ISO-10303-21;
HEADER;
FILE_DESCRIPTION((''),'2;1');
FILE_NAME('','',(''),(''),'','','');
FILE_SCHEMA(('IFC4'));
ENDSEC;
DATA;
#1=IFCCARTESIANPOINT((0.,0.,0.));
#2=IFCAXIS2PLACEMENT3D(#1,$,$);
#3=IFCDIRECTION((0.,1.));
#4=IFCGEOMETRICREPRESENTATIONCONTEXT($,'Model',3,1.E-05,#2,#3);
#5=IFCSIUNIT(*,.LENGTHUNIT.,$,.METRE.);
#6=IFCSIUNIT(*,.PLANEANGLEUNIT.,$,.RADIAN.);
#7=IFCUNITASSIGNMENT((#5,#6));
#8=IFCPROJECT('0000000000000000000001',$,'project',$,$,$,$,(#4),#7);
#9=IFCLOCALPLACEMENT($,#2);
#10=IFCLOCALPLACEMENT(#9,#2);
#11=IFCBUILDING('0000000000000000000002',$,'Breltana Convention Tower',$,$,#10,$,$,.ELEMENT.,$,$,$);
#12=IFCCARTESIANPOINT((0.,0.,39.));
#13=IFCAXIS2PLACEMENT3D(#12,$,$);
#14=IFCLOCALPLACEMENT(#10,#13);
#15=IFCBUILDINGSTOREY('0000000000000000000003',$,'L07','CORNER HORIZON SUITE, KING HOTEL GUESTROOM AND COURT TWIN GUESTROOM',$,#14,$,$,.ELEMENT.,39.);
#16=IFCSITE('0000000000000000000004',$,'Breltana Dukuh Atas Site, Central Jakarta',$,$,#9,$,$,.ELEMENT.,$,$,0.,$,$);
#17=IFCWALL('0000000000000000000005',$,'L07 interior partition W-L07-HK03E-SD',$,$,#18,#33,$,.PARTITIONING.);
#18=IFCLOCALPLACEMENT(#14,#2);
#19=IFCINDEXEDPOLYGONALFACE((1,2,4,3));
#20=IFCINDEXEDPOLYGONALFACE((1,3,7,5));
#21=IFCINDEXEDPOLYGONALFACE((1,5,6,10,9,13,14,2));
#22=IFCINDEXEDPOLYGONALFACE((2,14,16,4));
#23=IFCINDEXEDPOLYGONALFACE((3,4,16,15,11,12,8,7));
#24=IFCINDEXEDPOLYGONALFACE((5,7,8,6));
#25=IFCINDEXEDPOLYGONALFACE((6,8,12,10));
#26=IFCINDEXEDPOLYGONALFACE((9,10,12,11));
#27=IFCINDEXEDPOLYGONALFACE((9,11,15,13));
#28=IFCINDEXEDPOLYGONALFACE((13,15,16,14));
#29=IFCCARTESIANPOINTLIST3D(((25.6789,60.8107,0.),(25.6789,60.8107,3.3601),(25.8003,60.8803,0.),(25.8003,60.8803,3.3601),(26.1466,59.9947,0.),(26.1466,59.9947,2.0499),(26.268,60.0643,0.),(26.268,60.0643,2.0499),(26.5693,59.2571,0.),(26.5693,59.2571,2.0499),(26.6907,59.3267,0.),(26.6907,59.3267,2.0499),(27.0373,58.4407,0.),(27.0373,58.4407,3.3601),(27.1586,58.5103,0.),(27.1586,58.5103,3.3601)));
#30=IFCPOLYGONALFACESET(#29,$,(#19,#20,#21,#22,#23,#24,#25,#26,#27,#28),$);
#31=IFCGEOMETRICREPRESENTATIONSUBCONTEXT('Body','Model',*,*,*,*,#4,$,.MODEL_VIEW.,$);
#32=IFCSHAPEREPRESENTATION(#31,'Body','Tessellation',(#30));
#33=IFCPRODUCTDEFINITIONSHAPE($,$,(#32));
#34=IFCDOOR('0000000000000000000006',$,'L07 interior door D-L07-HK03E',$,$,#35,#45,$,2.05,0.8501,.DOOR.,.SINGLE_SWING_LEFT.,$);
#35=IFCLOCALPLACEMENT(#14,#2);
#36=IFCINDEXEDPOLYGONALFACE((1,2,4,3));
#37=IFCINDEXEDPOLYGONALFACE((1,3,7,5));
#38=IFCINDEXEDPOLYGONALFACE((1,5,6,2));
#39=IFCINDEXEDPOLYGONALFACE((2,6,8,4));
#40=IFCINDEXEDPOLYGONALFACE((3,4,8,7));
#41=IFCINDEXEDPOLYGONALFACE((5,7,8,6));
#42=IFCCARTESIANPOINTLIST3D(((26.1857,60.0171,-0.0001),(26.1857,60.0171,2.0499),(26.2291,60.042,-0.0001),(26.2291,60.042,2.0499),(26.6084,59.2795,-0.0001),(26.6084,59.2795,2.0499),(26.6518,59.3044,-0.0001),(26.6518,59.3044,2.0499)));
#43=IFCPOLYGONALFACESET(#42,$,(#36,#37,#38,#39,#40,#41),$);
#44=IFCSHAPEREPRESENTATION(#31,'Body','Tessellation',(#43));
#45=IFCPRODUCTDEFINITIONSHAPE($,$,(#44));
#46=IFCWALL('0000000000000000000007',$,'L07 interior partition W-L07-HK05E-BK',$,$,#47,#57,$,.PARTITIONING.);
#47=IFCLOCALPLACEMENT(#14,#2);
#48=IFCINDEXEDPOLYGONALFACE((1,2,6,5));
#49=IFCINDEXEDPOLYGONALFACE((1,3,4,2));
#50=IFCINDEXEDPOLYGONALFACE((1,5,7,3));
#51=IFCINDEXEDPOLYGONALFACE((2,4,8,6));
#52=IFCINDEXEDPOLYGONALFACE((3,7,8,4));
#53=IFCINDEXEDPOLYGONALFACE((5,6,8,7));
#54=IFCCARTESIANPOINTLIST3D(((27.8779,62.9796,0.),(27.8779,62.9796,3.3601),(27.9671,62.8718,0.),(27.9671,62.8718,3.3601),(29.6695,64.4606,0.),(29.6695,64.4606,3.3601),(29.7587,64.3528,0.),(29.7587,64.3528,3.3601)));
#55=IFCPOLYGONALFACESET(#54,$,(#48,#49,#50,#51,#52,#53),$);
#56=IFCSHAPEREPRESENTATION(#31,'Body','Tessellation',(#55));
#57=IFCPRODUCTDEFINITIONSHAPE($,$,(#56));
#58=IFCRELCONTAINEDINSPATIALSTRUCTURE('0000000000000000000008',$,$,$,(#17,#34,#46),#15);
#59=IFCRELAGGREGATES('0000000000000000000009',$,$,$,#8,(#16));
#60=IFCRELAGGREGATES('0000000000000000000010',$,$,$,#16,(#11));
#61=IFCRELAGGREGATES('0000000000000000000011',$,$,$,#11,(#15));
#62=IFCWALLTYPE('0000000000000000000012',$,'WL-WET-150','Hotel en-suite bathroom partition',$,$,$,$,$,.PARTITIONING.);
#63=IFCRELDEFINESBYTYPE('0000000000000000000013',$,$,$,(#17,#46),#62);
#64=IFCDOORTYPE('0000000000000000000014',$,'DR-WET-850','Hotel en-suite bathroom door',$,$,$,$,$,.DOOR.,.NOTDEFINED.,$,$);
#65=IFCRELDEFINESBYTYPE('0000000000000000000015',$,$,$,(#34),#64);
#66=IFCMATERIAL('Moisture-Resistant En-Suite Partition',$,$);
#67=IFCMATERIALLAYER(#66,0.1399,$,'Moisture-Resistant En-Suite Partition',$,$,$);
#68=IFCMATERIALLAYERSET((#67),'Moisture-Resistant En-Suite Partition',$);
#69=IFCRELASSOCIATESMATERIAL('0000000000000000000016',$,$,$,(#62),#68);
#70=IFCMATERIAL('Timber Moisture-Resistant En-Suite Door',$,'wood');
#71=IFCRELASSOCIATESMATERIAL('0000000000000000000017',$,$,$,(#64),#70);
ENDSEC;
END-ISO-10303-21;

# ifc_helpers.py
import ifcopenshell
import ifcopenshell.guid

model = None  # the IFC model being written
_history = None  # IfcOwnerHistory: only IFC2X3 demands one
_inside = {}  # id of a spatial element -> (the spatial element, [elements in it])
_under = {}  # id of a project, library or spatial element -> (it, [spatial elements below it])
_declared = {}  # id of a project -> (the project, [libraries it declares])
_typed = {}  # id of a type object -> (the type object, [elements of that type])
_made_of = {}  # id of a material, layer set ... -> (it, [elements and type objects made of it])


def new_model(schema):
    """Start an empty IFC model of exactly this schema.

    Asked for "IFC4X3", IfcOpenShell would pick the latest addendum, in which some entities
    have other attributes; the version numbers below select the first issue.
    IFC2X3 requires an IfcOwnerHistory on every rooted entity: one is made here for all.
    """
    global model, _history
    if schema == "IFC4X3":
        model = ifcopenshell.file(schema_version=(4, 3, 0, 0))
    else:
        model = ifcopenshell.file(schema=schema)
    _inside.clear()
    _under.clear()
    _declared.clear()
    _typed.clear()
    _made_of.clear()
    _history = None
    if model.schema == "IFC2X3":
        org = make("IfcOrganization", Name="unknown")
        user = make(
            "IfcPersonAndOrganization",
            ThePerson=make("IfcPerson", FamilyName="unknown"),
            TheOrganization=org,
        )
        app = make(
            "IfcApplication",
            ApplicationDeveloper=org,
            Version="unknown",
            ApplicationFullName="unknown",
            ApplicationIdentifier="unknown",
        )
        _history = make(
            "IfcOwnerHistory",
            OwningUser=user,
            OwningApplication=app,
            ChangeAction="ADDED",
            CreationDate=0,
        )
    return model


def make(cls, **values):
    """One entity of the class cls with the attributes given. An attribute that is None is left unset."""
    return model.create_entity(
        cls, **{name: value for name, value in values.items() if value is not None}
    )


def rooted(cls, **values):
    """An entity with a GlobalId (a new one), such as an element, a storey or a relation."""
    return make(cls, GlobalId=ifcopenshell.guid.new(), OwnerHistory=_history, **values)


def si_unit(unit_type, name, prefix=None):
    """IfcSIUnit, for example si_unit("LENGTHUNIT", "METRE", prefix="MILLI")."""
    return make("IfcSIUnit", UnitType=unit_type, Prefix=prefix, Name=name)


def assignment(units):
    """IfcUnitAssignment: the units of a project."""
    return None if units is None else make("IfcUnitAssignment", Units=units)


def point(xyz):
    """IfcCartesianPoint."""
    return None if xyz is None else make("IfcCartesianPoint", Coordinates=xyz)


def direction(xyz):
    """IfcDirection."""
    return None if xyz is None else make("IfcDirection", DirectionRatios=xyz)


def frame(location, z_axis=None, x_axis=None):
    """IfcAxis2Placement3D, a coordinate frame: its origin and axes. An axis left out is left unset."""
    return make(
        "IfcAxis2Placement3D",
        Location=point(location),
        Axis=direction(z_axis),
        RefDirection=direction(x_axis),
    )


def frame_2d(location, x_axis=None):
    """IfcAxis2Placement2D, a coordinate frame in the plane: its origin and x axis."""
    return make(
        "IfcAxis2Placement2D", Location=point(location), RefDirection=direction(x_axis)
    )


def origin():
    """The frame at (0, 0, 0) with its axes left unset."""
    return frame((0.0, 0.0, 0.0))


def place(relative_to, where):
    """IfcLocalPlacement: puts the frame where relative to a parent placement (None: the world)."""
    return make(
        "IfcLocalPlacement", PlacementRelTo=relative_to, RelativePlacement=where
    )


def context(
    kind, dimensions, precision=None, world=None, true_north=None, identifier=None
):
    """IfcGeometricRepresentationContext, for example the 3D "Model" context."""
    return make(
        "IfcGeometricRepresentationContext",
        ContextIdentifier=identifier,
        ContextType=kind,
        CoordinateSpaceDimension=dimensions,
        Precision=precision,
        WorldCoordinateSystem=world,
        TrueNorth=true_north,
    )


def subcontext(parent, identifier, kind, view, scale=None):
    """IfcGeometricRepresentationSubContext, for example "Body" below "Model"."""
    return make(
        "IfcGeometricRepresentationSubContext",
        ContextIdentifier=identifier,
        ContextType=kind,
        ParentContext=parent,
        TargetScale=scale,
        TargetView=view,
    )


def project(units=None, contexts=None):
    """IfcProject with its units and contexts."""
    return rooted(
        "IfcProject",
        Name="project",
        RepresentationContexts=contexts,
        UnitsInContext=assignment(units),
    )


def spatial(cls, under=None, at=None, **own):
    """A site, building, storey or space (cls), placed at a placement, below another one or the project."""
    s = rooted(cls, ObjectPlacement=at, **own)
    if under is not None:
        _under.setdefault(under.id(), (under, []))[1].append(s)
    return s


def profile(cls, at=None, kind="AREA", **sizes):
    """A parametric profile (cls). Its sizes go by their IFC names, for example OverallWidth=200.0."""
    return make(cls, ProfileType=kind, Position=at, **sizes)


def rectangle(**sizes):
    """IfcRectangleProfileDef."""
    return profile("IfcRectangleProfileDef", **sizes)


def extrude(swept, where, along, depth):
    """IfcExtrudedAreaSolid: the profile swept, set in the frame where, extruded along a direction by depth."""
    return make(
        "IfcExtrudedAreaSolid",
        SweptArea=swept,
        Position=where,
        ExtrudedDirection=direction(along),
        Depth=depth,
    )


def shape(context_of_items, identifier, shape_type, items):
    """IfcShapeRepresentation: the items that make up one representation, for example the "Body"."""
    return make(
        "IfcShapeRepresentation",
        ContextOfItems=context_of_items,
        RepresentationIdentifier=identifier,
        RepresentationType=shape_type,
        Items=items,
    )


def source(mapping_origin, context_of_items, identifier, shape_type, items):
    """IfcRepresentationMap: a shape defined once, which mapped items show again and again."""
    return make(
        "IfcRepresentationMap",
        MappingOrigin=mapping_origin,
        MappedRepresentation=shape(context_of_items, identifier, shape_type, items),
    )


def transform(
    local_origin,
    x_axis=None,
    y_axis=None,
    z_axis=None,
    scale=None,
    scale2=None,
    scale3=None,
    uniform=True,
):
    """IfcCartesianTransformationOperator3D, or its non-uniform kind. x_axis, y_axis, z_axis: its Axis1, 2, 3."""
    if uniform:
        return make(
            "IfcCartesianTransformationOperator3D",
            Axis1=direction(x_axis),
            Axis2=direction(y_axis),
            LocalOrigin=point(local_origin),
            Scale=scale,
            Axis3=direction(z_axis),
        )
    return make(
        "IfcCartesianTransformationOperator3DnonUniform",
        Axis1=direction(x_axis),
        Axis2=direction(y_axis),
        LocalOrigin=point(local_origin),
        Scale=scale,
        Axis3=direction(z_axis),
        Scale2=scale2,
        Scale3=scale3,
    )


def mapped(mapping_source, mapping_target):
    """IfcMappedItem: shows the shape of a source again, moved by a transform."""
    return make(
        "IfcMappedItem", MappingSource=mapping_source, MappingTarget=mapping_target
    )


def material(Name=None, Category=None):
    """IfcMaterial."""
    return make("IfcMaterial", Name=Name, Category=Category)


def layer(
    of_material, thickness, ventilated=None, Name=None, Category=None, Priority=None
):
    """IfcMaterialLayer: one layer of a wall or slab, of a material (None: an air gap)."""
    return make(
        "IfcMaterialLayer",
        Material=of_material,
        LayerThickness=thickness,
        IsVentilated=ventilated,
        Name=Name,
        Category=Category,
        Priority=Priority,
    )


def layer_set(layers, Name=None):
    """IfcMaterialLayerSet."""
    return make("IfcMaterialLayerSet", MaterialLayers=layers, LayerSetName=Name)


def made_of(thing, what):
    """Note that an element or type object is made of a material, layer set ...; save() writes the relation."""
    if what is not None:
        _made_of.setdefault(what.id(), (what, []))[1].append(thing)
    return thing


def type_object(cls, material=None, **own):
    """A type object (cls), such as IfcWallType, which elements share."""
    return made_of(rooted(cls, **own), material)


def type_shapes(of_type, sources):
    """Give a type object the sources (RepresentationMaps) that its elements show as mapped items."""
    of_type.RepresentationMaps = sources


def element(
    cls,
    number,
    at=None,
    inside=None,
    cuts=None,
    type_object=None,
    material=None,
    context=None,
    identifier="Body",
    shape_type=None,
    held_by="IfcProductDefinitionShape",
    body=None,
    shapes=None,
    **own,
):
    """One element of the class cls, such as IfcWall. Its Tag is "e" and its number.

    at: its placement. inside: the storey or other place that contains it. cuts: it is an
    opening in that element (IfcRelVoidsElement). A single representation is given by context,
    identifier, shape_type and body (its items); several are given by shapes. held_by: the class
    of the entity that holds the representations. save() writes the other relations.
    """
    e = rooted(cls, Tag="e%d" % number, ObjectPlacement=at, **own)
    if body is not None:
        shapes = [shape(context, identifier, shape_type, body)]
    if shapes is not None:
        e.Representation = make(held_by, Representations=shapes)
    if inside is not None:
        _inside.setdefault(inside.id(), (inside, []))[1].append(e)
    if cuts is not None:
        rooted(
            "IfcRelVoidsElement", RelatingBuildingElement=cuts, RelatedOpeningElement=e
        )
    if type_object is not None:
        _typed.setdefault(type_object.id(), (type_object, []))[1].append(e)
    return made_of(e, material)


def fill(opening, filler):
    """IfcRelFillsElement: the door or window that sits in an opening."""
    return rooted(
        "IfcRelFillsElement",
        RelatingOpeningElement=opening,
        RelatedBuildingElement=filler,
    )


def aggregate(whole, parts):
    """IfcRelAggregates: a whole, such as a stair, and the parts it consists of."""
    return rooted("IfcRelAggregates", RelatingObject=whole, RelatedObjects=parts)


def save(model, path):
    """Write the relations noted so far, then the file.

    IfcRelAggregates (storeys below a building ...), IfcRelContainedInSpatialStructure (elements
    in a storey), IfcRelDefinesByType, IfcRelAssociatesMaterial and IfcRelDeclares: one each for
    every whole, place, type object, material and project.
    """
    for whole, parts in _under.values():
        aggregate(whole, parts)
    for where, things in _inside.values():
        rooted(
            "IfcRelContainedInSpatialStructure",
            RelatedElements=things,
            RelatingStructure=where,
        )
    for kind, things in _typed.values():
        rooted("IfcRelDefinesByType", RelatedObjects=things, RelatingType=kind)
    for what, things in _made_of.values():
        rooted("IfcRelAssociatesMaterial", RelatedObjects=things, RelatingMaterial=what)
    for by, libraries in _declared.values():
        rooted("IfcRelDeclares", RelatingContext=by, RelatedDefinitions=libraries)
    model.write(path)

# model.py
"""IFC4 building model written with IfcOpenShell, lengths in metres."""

from ifc_helpers import new_model, si_unit, direction, frame, frame_2d, origin, place, context, subcontext, project, spatial, rectangle, extrude, source, transform, mapped, material, layer, layer_set, type_object, type_shapes, element, fill, save


model = new_model("IFC4")

# Units and contexts
model_context = context("Model", 3, precision=1e-05, world=origin(), true_north=direction((0.0, 1.0)))
body_context = subcontext(model_context, "Body", "Model", "MODEL_VIEW")
ifc_project = project(units=[si_unit("LENGTHUNIT", "METRE"), si_unit("PLANEANGLEUNIT", "RADIAN")], contexts=[model_context])

# Site, building, storey
site_placement = place(None, origin())
site = spatial("IfcSite", under=ifc_project, at=site_placement, Name="Breltana Dukuh Atas Site, Central Jakarta", CompositionType="ELEMENT", RefElevation=0.0)
building_placement = place(site_placement, origin())
building = spatial("IfcBuilding", under=site, at=building_placement, Name="Breltana Convention Tower", CompositionType="ELEMENT")
storey_placement = place(building_placement, frame((0.0, 0.0, 39.0)))
storey = spatial("IfcBuildingStorey", under=building, at=storey_placement, Name="L07", Description="CORNER HORIZON SUITE, KING HOTEL GUESTROOM AND COURT TWIN GUESTROOM", CompositionType="ELEMENT", Elevation=39.0)

# Shared definitions
ifc_material_1 = material(Name="Moisture-Resistant En-Suite Partition")
ifc_layer_1 = layer(ifc_material_1, 0.1399, Name="Moisture-Resistant En-Suite Partition")
ifc_layer_set_1 = layer_set([ifc_layer_1], Name="Moisture-Resistant En-Suite Partition")
wall_type_1 = type_object("IfcWallType", Name="WL-WET-150", Description="Hotel en-suite bathroom partition", PredefinedType="PARTITIONING", material=ifc_layer_set_1)

# Wall, opening, door
shared_shape_1 = source(origin(), body_context, "Body", "SweptSolid", [
    extrude(rectangle(XDim=2.7317, YDim=0.1399, at=frame_2d((1.3657, 0.0))), origin(), (0.0, 0.0, 1.0), 3.3601),
])
wall_1_placement = place(storey_placement, frame((27.0979, 58.4756, 0.0), z_axis=(0.0, 0.0, 1.0), x_axis=(-0.497255, 0.867604, 0.0)))
wall_1 = element("IfcWall", 1, at=wall_1_placement, inside=storey, type_object=wall_type_1, Name="L07 interior partition W-L07-HK03E-SD", PredefinedType="PARTITIONING", context=body_context, shape_type="MappedRepresentation", body=[
    mapped(shared_shape_1, transform((0.0, 0.0, 0.0), scale=1.0)),
])
opening_1_placement = place(wall_1_placement, frame((0.9409, 0.0, 0.0)))
opening_1 = element("IfcOpeningElement", 2, at=opening_1_placement, cuts=wall_1, PredefinedType="OPENING", context=body_context, shape_type="SweptSolid", body=[
    extrude(rectangle(XDim=0.8501, YDim=2.05, at=frame_2d((0.425, 1.0249))), frame((0.0, 0.0801, 0.0), z_axis=(0.0, -1.0, 0.0), x_axis=(1.0, 0.0, 0.0)), (0.0, 0.0, 1.0), 0.1599),
])
ifc_material_2 = material(Name="Timber Moisture-Resistant En-Suite Door", Category="wood")
door_type_1 = type_object("IfcDoorType", Name="DR-WET-850", Description="Hotel en-suite bathroom door", OperationType="NOTDEFINED", PredefinedType="DOOR", material=ifc_material_2)
shared_shape_2 = source(origin(), body_context, "Body", "SweptSolid", [
    extrude(rectangle(XDim=0.8501, YDim=2.05, at=frame_2d((0.425, 1.0249))), frame((0.0, 0.0249, 0.0), z_axis=(0.0, -1.0, 0.0), x_axis=(1.0, 0.0, 0.0)), (0.0, 0.0, 1.0), 0.05),
])
type_shapes(door_type_1, [shared_shape_2])
door_1_placement = place(opening_1_placement, origin())
door_1 = element("IfcDoor", 3, at=door_1_placement, inside=storey, type_object=door_type_1, Name="L07 interior door D-L07-HK03E", OperationType="SINGLE_SWING_LEFT", OverallHeight=2.05, OverallWidth=0.8501, PredefinedType="DOOR", context=body_context, shape_type="MappedRepresentation", body=[
    mapped(shared_shape_2, transform((0.0, 0.0, 0.0), scale=1.0)),
])
fill(opening_1, door_1)

# Wall
shared_shape_3 = source(origin(), body_context, "Body", "SweptSolid", [
    extrude(rectangle(XDim=2.3245, YDim=0.1399, at=frame_2d((1.1621, 0.0))), origin(), (0.0, 0.0, 1.0), 3.3601),
])
wall_2_placement = place(storey_placement, frame((27.9226, 62.9258, 0.0), z_axis=(0.0, 0.0, 1.0), x_axis=(0.770746, 0.637142, 0.0)))
element("IfcWall", 4, at=wall_2_placement, inside=storey, type_object=wall_type_1, Name="L07 interior partition W-L07-HK05E-BK", PredefinedType="PARTITIONING", context=body_context, shape_type="MappedRepresentation", body=[
    mapped(shared_shape_3, transform((0.0, 0.0, 0.0), scale=1.0)),
])

save(model, "model.ifc")
